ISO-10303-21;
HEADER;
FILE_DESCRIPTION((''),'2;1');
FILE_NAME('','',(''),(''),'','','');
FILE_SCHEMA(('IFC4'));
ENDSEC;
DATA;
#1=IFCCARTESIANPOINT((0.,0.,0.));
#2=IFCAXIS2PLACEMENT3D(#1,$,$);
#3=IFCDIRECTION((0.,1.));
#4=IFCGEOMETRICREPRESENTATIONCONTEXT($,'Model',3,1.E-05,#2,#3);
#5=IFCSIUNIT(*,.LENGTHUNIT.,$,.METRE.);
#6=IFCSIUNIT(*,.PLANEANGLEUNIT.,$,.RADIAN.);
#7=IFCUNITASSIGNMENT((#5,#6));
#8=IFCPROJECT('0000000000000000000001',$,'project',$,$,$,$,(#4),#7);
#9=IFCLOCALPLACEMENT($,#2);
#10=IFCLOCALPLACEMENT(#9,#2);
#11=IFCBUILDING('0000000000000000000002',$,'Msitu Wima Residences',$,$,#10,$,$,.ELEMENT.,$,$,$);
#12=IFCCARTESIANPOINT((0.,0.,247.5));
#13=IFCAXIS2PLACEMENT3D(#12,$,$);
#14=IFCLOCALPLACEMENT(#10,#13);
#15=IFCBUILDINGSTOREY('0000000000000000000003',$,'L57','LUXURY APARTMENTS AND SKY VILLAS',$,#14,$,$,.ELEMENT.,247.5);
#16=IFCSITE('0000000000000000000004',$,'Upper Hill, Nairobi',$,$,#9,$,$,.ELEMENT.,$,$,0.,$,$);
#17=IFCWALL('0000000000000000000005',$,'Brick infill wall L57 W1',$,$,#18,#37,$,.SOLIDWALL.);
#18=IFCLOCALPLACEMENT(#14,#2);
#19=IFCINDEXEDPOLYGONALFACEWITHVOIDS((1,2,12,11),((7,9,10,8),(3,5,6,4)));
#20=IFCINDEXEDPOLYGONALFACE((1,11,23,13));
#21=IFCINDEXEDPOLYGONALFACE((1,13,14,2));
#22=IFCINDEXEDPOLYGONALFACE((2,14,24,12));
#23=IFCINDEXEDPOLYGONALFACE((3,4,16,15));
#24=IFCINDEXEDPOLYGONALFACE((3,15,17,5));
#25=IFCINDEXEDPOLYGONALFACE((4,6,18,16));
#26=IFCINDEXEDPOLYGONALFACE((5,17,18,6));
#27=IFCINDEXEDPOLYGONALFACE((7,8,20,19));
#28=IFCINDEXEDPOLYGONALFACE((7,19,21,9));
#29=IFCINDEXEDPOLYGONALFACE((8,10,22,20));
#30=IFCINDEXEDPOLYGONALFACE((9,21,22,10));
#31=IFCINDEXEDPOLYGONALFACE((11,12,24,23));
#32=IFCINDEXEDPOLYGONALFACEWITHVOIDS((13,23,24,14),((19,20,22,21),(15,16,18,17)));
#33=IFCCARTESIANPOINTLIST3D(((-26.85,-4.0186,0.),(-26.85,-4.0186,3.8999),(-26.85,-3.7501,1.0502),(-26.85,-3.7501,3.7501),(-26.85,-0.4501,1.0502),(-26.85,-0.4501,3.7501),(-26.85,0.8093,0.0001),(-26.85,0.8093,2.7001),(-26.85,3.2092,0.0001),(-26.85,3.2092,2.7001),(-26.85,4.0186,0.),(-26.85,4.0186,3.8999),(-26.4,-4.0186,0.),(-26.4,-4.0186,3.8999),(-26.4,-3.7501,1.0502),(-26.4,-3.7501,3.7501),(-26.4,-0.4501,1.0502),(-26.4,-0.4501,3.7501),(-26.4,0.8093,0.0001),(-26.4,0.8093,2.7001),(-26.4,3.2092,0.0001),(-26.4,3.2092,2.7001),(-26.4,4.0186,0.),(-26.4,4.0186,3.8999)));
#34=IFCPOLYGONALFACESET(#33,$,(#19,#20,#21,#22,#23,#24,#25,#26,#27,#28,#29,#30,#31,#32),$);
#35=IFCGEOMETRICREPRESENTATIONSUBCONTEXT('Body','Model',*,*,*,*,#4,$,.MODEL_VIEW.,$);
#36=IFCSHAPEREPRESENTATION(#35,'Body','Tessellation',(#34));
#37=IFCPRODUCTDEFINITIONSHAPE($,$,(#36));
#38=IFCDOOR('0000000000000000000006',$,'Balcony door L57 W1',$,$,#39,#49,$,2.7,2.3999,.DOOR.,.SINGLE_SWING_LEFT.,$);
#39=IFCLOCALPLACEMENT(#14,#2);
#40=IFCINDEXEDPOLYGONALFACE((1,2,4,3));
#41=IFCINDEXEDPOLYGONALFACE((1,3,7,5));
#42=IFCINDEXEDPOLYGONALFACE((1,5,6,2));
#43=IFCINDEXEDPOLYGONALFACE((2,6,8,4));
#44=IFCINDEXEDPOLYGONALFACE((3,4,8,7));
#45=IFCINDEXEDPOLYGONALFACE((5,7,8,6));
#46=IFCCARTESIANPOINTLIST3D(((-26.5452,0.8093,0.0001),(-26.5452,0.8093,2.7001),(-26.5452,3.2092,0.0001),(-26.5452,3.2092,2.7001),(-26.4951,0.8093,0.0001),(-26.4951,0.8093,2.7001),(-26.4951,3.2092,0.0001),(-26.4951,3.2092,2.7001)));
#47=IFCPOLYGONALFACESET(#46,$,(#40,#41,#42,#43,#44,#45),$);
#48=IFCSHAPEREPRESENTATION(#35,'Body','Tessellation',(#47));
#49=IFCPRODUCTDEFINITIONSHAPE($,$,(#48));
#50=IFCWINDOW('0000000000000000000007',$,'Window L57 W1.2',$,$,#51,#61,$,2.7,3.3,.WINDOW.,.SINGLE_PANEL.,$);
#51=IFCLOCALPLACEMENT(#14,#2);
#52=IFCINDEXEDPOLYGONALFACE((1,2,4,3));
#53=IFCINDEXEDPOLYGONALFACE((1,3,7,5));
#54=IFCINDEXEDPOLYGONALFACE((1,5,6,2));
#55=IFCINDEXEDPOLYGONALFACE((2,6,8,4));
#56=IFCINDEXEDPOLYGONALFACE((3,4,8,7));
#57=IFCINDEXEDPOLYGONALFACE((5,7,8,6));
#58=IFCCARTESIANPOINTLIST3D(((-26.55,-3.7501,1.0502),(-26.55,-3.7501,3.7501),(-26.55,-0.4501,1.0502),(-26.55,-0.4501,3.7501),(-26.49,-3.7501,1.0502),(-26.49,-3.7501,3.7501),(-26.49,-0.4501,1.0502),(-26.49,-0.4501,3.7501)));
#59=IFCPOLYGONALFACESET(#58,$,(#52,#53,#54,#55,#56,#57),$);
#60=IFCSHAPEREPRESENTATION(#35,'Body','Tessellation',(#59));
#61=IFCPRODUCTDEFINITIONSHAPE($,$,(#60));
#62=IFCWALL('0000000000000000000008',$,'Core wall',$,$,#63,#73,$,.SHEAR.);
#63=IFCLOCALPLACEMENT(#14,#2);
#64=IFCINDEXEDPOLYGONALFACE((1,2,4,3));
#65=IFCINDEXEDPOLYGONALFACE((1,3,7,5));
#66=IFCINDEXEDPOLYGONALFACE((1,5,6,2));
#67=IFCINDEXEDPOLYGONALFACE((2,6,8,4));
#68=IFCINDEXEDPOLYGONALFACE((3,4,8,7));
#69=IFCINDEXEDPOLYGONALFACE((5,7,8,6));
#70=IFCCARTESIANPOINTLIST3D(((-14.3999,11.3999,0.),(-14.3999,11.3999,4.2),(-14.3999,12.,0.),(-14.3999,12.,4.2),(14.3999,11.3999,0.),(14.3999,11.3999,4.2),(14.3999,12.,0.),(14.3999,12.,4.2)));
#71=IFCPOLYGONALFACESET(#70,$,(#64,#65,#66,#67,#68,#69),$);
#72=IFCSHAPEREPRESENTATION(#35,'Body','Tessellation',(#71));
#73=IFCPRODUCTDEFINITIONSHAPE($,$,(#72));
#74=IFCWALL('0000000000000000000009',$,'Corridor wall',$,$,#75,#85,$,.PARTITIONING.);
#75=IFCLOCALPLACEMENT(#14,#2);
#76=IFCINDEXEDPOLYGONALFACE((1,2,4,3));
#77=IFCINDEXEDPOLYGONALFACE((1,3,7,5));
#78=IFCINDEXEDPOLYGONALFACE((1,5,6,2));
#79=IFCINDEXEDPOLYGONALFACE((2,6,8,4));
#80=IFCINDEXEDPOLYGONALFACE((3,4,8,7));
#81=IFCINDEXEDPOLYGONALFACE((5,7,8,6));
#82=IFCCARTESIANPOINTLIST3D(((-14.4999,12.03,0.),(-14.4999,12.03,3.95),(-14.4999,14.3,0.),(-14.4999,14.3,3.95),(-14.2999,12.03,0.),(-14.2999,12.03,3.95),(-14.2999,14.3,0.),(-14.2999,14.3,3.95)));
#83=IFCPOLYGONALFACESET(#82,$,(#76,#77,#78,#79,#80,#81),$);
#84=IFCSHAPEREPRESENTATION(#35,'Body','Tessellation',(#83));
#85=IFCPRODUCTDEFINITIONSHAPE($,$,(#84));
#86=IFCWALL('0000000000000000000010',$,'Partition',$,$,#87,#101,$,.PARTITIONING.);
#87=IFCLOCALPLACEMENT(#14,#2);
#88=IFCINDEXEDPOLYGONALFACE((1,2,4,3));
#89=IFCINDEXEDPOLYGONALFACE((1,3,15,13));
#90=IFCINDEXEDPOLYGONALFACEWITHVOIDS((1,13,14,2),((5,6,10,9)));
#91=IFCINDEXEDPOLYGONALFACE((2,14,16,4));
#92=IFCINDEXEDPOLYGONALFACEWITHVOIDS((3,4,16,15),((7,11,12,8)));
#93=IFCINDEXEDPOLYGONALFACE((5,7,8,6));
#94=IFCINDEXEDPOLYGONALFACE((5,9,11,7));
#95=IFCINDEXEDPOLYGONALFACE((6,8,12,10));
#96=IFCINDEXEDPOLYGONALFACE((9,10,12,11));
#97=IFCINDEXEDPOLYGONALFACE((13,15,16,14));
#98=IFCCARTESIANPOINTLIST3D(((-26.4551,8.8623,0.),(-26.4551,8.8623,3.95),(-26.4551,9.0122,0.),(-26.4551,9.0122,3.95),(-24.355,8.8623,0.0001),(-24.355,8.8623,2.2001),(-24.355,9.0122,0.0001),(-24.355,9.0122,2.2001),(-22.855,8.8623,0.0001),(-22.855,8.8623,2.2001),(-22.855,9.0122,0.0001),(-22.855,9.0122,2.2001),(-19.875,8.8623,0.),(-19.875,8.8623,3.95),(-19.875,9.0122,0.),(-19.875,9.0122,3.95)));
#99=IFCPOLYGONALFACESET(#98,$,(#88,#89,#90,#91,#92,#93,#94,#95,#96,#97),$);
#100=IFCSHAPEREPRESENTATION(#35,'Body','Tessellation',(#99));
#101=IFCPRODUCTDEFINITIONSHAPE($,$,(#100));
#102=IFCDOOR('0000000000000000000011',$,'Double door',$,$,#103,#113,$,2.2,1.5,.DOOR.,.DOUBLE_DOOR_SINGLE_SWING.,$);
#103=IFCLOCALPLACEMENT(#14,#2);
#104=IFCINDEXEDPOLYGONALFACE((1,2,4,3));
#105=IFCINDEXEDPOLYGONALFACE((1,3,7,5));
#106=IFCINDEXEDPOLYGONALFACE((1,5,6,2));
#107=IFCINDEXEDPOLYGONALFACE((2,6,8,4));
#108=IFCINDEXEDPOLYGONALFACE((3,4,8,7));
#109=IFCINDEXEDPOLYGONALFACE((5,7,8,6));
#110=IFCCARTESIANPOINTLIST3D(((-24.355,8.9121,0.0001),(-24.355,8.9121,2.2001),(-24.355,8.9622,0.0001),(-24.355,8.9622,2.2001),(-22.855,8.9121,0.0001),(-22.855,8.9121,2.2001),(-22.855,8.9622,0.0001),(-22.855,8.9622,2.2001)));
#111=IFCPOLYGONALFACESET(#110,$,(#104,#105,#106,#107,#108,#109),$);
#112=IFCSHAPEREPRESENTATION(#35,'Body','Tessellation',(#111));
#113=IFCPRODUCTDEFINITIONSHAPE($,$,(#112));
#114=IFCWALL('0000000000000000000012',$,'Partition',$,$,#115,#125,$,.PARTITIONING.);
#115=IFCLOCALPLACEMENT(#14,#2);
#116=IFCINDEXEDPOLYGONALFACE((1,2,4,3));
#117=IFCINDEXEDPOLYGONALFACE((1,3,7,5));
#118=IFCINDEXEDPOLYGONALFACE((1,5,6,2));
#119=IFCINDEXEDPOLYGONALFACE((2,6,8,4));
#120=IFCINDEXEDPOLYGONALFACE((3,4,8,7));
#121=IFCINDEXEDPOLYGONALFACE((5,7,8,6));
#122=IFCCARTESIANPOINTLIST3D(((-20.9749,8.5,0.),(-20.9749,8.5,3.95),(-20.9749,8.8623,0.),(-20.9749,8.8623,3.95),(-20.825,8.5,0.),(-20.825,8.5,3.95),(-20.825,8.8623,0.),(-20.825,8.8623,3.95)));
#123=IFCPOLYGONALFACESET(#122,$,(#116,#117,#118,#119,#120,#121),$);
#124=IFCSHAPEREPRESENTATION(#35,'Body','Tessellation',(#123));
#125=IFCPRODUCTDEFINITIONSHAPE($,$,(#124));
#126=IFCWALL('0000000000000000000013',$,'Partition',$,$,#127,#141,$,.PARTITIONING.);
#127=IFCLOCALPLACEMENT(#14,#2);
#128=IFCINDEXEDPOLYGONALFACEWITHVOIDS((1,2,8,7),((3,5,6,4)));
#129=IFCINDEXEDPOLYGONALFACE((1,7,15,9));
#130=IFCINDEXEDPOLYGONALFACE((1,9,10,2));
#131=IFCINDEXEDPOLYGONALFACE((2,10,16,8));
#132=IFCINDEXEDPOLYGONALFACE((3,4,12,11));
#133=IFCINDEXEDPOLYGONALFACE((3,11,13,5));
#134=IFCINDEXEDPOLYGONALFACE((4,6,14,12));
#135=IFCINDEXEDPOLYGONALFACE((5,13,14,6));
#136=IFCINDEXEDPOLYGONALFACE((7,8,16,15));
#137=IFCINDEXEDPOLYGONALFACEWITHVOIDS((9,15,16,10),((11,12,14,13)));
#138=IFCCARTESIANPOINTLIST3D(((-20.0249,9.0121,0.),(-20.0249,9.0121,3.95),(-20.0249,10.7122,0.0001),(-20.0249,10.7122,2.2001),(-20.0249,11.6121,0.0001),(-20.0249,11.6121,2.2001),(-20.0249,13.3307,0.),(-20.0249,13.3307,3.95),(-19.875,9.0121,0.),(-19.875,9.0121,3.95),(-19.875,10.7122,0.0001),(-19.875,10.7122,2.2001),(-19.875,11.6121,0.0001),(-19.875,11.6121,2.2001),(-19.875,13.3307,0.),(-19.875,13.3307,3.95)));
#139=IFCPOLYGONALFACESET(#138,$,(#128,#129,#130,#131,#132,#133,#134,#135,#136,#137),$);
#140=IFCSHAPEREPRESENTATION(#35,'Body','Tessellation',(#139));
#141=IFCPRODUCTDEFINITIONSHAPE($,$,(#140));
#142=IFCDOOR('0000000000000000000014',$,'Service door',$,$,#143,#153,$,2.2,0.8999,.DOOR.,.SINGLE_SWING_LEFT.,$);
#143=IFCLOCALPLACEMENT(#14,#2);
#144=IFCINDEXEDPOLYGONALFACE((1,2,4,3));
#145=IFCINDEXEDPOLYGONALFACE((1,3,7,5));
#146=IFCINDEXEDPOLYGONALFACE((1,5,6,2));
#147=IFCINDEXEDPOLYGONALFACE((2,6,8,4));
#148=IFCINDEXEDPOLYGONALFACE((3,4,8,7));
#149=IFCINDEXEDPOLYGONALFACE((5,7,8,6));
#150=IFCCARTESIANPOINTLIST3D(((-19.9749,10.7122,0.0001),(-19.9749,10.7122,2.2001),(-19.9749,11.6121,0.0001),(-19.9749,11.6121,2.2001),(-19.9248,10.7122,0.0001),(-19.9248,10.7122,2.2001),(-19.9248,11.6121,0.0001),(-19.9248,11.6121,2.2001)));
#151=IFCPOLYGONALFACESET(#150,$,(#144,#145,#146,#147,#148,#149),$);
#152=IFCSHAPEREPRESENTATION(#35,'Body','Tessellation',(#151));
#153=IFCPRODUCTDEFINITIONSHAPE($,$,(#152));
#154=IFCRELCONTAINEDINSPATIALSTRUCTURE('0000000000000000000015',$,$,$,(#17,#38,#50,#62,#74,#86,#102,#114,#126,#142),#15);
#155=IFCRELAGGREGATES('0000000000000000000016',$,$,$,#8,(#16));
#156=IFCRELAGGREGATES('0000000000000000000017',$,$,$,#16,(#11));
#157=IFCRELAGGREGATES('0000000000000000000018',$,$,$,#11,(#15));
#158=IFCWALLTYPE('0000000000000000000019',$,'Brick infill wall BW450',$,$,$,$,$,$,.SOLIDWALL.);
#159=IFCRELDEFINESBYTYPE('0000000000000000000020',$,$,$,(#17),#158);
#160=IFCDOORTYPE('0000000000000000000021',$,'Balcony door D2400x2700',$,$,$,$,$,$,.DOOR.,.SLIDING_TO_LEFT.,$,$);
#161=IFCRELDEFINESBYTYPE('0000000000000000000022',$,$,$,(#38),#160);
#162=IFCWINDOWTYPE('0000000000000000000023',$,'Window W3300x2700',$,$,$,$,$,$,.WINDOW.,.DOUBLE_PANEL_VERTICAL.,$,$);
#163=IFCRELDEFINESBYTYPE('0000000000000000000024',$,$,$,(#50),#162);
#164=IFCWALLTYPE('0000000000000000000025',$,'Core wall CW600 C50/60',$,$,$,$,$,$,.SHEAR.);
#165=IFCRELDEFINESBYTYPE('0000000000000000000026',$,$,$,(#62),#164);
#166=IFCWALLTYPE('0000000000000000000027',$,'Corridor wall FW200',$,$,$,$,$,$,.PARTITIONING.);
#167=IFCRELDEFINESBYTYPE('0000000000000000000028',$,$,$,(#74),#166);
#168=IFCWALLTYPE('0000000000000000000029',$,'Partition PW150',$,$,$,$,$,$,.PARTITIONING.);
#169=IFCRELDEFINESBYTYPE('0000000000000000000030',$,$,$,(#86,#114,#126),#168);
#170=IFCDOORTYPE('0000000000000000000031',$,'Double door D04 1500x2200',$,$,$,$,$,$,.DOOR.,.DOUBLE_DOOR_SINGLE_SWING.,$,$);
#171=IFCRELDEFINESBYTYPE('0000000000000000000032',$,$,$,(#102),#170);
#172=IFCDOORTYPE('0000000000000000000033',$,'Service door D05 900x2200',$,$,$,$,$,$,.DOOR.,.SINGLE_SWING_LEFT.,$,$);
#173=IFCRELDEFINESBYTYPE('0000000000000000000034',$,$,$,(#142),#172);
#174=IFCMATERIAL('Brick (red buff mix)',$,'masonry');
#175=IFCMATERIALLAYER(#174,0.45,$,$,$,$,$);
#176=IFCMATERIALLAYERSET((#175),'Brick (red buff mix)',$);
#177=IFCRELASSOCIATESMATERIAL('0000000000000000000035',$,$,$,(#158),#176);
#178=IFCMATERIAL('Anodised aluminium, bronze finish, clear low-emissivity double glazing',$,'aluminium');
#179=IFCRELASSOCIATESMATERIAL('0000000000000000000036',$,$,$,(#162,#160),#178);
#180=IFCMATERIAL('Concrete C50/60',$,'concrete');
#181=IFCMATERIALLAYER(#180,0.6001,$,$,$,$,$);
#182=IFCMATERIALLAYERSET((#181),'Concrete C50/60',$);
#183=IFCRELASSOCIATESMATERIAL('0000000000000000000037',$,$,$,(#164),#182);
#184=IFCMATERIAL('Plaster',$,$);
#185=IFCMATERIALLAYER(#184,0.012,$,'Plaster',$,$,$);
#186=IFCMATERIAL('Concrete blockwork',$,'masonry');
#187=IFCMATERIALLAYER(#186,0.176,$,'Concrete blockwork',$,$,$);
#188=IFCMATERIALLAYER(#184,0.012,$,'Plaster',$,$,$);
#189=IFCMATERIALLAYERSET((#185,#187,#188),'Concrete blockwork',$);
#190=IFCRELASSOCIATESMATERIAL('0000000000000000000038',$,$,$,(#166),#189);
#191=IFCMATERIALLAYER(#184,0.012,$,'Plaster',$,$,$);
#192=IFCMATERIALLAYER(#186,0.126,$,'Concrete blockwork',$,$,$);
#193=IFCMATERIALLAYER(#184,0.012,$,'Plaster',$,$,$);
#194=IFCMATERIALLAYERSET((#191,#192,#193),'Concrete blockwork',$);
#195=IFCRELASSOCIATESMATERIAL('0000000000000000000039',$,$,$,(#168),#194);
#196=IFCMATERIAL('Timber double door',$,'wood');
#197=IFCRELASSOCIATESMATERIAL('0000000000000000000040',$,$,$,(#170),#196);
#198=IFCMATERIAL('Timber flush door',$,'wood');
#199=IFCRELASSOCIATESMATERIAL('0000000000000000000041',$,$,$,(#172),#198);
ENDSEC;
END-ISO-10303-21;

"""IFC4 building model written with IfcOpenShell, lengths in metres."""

from ifc_helpers import new_model, si_unit, direction, frame, frame_2d, origin, place, context, subcontext, project, spatial, rectangle, extrude, material, layer, layer_set, type_object, element, fill, save


model = new_model("IFC4")

# Units and contexts
model_context = context("Model", 3, precision=1e-05, world=origin(), true_north=direction((0.0, 1.0)))
body_context = subcontext(model_context, "Body", "Model", "MODEL_VIEW")
ifc_project = project(units=[si_unit("LENGTHUNIT", "METRE"), si_unit("PLANEANGLEUNIT", "RADIAN")], contexts=[model_context])

# Site, building, storey
site_placement = place(None, origin())
site = spatial("IfcSite", under=ifc_project, at=site_placement, Name="Upper Hill, Nairobi", CompositionType="ELEMENT", RefElevation=0.0)
building_placement = place(site_placement, origin())
building = spatial("IfcBuilding", under=site, at=building_placement, Name="Msitu Wima Residences", CompositionType="ELEMENT")
storey_placement = place(building_placement, frame((0.0, 0.0, 247.5)))
storey = spatial("IfcBuildingStorey", under=building, at=storey_placement, Name="L57", Description="LUXURY APARTMENTS AND SKY VILLAS", CompositionType="ELEMENT", Elevation=247.5)

# Shared definitions
ifc_material_1 = material(Name="Concrete C50/60", Category="concrete")

# Shared definitions
ifc_material_2 = material(Name="Brick (red buff mix)", Category="masonry")
ifc_layer_1 = layer(ifc_material_2, 0.45)
ifc_layer_set_1 = layer_set([ifc_layer_1], Name="Brick (red buff mix)")
wall_type_1 = type_object("IfcWallType", Name="Brick infill wall BW450", PredefinedType="SOLIDWALL", material=ifc_layer_set_1)
ifc_material_3 = material(Name="Anodised aluminium, bronze finish, clear low-emissivity double glazing", Category="aluminium")
window_type = type_object("IfcWindowType", Name="Window W3300x2700", PartitioningType="DOUBLE_PANEL_VERTICAL", PredefinedType="WINDOW", material=ifc_material_3)

# Wall, openings, door, window
wall_1_placement = place(storey_placement, frame((-26.625, 4.0186, 0.0), z_axis=(0.0, 0.0, 1.0), x_axis=(0.0, -1.0, 0.0)))
wall_1 = element("IfcWall", 1, at=wall_1_placement, inside=storey, type_object=wall_type_1, Name="Brick infill wall L57 W1", PredefinedType="SOLIDWALL", context=body_context, shape_type="SweptSolid", body=[
    extrude(rectangle(XDim=8.0371, YDim=0.45, at=frame_2d((4.0186, 0.0))), origin(), (0.0, 0.0, 1.0), 3.8999),
])
opening_1_placement = place(wall_1_placement, frame((0.8093, 0.0, 0.0)))
opening_1 = element("IfcOpeningElement", 2, at=opening_1_placement, cuts=wall_1, PredefinedType="OPENING", context=body_context, shape_type="SweptSolid", body=[
    extrude(rectangle(XDim=2.3999, YDim=2.7, at=frame_2d((1.2, 1.3501))), frame((0.0, 0.2349, 0.0), z_axis=(0.0, -1.0, 0.0), x_axis=(1.0, 0.0, 0.0)), (0.0, 0.0, 1.0), 0.47),
])
opening_2_placement = place(wall_1_placement, frame((4.4688, 0.0, 1.05)))
opening_2 = element("IfcOpeningElement", 3, at=opening_2_placement, cuts=wall_1, PredefinedType="OPENING", context=body_context, shape_type="SweptSolid", body=[
    extrude(rectangle(XDim=3.3, YDim=2.7, at=frame_2d((1.6499, 1.3501))), frame((0.0, 0.2349, 0.0), z_axis=(0.0, -1.0, 0.0), x_axis=(1.0, 0.0, 0.0)), (0.0, 0.0, 1.0), 0.47),
])
door_type_1 = type_object("IfcDoorType", Name="Balcony door D2400x2700", OperationType="SLIDING_TO_LEFT", PredefinedType="DOOR", material=ifc_material_3)
door_1_placement = place(opening_1_placement, origin())
door_1 = element("IfcDoor", 4, at=door_1_placement, inside=storey, type_object=door_type_1, Name="Balcony door L57 W1", OperationType="SINGLE_SWING_LEFT", OverallHeight=2.7, OverallWidth=2.3999, PredefinedType="DOOR", context=body_context, shape_type="SweptSolid", body=[
    extrude(rectangle(XDim=2.3999, YDim=2.7, at=frame_2d((1.2, 1.3501))), frame((0.0, 0.1299, 0.0), z_axis=(0.0, -1.0, 0.0), x_axis=(1.0, 0.0, 0.0)), (0.0, 0.0, 1.0), 0.05),
])
fill(opening_1, door_1)
window_1_placement = place(opening_2_placement, origin())
window_1 = element("IfcWindow", 5, at=window_1_placement, inside=storey, type_object=window_type, Name="Window L57 W1.2", OverallHeight=2.7, OverallWidth=3.3, PartitioningType="SINGLE_PANEL", PredefinedType="WINDOW", context=body_context, shape_type="SweptSolid", body=[
    extrude(rectangle(XDim=3.3, YDim=2.7, at=frame_2d((1.6499, 1.3501))), frame((0.0, 0.135, 0.0), z_axis=(0.0, -1.0, 0.0), x_axis=(1.0, 0.0, 0.0)), (0.0, 0.0, 1.0), 0.0601),
])
fill(opening_2, window_1)

# Walls
ifc_layer_2 = layer(ifc_material_1, 0.6001)
ifc_layer_set_2 = layer_set([ifc_layer_2], Name="Concrete C50/60")
wall_type_2 = type_object("IfcWallType", Name="Core wall CW600 C50/60", PredefinedType="SHEAR", material=ifc_layer_set_2)
wall_2_placement = place(storey_placement, frame((-14.3999, 11.7, 0.0), z_axis=(0.0, 0.0, 1.0), x_axis=(1.0, 0.0, 0.0)))
element("IfcWall", 6, at=wall_2_placement, inside=storey, type_object=wall_type_2, Name="Core wall", PredefinedType="SHEAR", context=body_context, shape_type="SweptSolid", body=[
    extrude(rectangle(XDim=28.7998, YDim=0.6001, at=frame_2d((14.3999, 0.0))), origin(), (0.0, 0.0, 1.0), 4.2),
])
ifc_material_4 = material(Name="Plaster")
ifc_layer_3 = layer(ifc_material_4, 0.012, Name="Plaster")
ifc_material_5 = material(Name="Concrete blockwork", Category="masonry")
ifc_layer_4 = layer(ifc_material_5, 0.176, Name="Concrete blockwork")
ifc_layer_5 = layer(ifc_material_4, 0.012, Name="Plaster")
ifc_layer_set_3 = layer_set([ifc_layer_3, ifc_layer_4, ifc_layer_5], Name="Concrete blockwork")
wall_type_3 = type_object("IfcWallType", Name="Corridor wall FW200", PredefinedType="PARTITIONING", material=ifc_layer_set_3)
wall_3_placement = place(storey_placement, frame((-14.3999, 12.03, 0.0), z_axis=(0.0, 0.0, 1.0), x_axis=(0.0, 1.0, 0.0)))
element("IfcWall", 7, at=wall_3_placement, inside=storey, type_object=wall_type_3, Name="Corridor wall", PredefinedType="PARTITIONING", context=body_context, shape_type="SweptSolid", body=[
    extrude(rectangle(XDim=2.27, YDim=0.2, at=frame_2d((1.135, 0.0))), origin(), (0.0, 0.0, 1.0), 3.95),
])

# Wall, opening, door
ifc_layer_6 = layer(ifc_material_4, 0.012, Name="Plaster")
ifc_layer_7 = layer(ifc_material_5, 0.126, Name="Concrete blockwork")
ifc_layer_8 = layer(ifc_material_4, 0.012, Name="Plaster")
ifc_layer_set_4 = layer_set([ifc_layer_6, ifc_layer_7, ifc_layer_8], Name="Concrete blockwork")
wall_type_4 = type_object("IfcWallType", Name="Partition PW150", PredefinedType="PARTITIONING", material=ifc_layer_set_4)
wall_4_placement = place(storey_placement, frame((-26.4551, 8.9373, 0.0), z_axis=(0.0, 0.0, 1.0), x_axis=(1.0, 0.0, 0.0)))
wall_4 = element("IfcWall", 8, at=wall_4_placement, inside=storey, type_object=wall_type_4, Name="Partition", PredefinedType="PARTITIONING", context=body_context, shape_type="SweptSolid", body=[
    extrude(rectangle(XDim=6.5801, YDim=0.1499, at=frame_2d((3.29, 0.0))), origin(), (0.0, 0.0, 1.0), 3.95),
])
opening_3_placement = place(wall_4_placement, frame((2.1001, 0.0, 0.0)))
opening_3 = element("IfcOpeningElement", 9, at=opening_3_placement, cuts=wall_4, PredefinedType="OPENING", context=body_context, shape_type="SweptSolid", body=[
    extrude(rectangle(XDim=1.5, YDim=2.2, at=frame_2d((0.75, 1.1001))), frame((0.0, 0.085, 0.0), z_axis=(0.0, -1.0, 0.0), x_axis=(1.0, 0.0, 0.0)), (0.0, 0.0, 1.0), 0.1699),
])
ifc_material_6 = material(Name="Timber double door", Category="wood")
door_type_2 = type_object("IfcDoorType", Name="Double door D04 1500x2200", OperationType="DOUBLE_DOOR_SINGLE_SWING", PredefinedType="DOOR", material=ifc_material_6)
door_2_placement = place(opening_3_placement, origin())
door_2 = element("IfcDoor", 10, at=door_2_placement, inside=storey, type_object=door_type_2, Name="Double door", OperationType="DOUBLE_DOOR_SINGLE_SWING", OverallHeight=2.2, OverallWidth=1.5, PredefinedType="DOOR", context=body_context, shape_type="SweptSolid", body=[
    extrude(rectangle(XDim=1.5, YDim=2.2, at=frame_2d((0.75, 1.1001))), frame((0.0, 0.0249, 0.0), z_axis=(0.0, -1.0, 0.0), x_axis=(1.0, 0.0, 0.0)), (0.0, 0.0, 1.0), 0.05),
])
fill(opening_3, door_2)

# Wall
wall_5_placement = place(storey_placement, frame((-20.8999, 8.5, 0.0), z_axis=(0.0, 0.0, 1.0), x_axis=(0.0, 1.0, 0.0)))
element("IfcWall", 11, at=wall_5_placement, inside=storey, type_object=wall_type_4, Name="Partition", PredefinedType="PARTITIONING", context=body_context, shape_type="SweptSolid", body=[
    extrude(rectangle(XDim=0.3623, YDim=0.1499, at=frame_2d((0.1812, 0.0))), origin(), (0.0, 0.0, 1.0), 3.95),
])

# Wall, opening, door
wall_6_placement = place(storey_placement, frame((-19.95, 9.0122, 0.0), z_axis=(0.0, 0.0, 1.0), x_axis=(0.0, 1.0, 0.0)))
wall_6 = element("IfcWall", 12, at=wall_6_placement, inside=storey, type_object=wall_type_4, Name="Partition", PredefinedType="PARTITIONING", context=body_context, shape_type="SweptSolid", body=[
    extrude(rectangle(XDim=4.3186, YDim=0.1499, at=frame_2d((2.1592, 0.0))), origin(), (0.0, 0.0, 1.0), 3.95),
])
opening_4_placement = place(wall_6_placement, frame((1.7, 0.0, 0.0)))
opening_4 = element("IfcOpeningElement", 13, at=opening_4_placement, cuts=wall_6, PredefinedType="OPENING", context=body_context, shape_type="SweptSolid", body=[
    extrude(rectangle(XDim=0.8999, YDim=2.2, at=frame_2d((0.45, 1.1001))), frame((0.0, 0.085, 0.0), z_axis=(0.0, -1.0, 0.0), x_axis=(1.0, 0.0, 0.0)), (0.0, 0.0, 1.0), 0.1699),
])
ifc_material_7 = material(Name="Timber flush door", Category="wood")
door_type_3 = type_object("IfcDoorType", Name="Service door D05 900x2200", OperationType="SINGLE_SWING_LEFT", PredefinedType="DOOR", material=ifc_material_7)
door_3_placement = place(opening_4_placement, origin())
door_3 = element("IfcDoor", 14, at=door_3_placement, inside=storey, type_object=door_type_3, Name="Service door", OperationType="SINGLE_SWING_LEFT", OverallHeight=2.2, OverallWidth=0.8999, PredefinedType="DOOR", context=body_context, shape_type="SweptSolid", body=[
    extrude(rectangle(XDim=0.8999, YDim=2.2, at=frame_2d((0.45, 1.1001))), frame((0.0, 0.0249, 0.0), z_axis=(0.0, -1.0, 0.0), x_axis=(1.0, 0.0, 0.0)), (0.0, 0.0, 1.0), 0.05),
])
fill(opening_4, door_3)

save(model, "model.ifc")
